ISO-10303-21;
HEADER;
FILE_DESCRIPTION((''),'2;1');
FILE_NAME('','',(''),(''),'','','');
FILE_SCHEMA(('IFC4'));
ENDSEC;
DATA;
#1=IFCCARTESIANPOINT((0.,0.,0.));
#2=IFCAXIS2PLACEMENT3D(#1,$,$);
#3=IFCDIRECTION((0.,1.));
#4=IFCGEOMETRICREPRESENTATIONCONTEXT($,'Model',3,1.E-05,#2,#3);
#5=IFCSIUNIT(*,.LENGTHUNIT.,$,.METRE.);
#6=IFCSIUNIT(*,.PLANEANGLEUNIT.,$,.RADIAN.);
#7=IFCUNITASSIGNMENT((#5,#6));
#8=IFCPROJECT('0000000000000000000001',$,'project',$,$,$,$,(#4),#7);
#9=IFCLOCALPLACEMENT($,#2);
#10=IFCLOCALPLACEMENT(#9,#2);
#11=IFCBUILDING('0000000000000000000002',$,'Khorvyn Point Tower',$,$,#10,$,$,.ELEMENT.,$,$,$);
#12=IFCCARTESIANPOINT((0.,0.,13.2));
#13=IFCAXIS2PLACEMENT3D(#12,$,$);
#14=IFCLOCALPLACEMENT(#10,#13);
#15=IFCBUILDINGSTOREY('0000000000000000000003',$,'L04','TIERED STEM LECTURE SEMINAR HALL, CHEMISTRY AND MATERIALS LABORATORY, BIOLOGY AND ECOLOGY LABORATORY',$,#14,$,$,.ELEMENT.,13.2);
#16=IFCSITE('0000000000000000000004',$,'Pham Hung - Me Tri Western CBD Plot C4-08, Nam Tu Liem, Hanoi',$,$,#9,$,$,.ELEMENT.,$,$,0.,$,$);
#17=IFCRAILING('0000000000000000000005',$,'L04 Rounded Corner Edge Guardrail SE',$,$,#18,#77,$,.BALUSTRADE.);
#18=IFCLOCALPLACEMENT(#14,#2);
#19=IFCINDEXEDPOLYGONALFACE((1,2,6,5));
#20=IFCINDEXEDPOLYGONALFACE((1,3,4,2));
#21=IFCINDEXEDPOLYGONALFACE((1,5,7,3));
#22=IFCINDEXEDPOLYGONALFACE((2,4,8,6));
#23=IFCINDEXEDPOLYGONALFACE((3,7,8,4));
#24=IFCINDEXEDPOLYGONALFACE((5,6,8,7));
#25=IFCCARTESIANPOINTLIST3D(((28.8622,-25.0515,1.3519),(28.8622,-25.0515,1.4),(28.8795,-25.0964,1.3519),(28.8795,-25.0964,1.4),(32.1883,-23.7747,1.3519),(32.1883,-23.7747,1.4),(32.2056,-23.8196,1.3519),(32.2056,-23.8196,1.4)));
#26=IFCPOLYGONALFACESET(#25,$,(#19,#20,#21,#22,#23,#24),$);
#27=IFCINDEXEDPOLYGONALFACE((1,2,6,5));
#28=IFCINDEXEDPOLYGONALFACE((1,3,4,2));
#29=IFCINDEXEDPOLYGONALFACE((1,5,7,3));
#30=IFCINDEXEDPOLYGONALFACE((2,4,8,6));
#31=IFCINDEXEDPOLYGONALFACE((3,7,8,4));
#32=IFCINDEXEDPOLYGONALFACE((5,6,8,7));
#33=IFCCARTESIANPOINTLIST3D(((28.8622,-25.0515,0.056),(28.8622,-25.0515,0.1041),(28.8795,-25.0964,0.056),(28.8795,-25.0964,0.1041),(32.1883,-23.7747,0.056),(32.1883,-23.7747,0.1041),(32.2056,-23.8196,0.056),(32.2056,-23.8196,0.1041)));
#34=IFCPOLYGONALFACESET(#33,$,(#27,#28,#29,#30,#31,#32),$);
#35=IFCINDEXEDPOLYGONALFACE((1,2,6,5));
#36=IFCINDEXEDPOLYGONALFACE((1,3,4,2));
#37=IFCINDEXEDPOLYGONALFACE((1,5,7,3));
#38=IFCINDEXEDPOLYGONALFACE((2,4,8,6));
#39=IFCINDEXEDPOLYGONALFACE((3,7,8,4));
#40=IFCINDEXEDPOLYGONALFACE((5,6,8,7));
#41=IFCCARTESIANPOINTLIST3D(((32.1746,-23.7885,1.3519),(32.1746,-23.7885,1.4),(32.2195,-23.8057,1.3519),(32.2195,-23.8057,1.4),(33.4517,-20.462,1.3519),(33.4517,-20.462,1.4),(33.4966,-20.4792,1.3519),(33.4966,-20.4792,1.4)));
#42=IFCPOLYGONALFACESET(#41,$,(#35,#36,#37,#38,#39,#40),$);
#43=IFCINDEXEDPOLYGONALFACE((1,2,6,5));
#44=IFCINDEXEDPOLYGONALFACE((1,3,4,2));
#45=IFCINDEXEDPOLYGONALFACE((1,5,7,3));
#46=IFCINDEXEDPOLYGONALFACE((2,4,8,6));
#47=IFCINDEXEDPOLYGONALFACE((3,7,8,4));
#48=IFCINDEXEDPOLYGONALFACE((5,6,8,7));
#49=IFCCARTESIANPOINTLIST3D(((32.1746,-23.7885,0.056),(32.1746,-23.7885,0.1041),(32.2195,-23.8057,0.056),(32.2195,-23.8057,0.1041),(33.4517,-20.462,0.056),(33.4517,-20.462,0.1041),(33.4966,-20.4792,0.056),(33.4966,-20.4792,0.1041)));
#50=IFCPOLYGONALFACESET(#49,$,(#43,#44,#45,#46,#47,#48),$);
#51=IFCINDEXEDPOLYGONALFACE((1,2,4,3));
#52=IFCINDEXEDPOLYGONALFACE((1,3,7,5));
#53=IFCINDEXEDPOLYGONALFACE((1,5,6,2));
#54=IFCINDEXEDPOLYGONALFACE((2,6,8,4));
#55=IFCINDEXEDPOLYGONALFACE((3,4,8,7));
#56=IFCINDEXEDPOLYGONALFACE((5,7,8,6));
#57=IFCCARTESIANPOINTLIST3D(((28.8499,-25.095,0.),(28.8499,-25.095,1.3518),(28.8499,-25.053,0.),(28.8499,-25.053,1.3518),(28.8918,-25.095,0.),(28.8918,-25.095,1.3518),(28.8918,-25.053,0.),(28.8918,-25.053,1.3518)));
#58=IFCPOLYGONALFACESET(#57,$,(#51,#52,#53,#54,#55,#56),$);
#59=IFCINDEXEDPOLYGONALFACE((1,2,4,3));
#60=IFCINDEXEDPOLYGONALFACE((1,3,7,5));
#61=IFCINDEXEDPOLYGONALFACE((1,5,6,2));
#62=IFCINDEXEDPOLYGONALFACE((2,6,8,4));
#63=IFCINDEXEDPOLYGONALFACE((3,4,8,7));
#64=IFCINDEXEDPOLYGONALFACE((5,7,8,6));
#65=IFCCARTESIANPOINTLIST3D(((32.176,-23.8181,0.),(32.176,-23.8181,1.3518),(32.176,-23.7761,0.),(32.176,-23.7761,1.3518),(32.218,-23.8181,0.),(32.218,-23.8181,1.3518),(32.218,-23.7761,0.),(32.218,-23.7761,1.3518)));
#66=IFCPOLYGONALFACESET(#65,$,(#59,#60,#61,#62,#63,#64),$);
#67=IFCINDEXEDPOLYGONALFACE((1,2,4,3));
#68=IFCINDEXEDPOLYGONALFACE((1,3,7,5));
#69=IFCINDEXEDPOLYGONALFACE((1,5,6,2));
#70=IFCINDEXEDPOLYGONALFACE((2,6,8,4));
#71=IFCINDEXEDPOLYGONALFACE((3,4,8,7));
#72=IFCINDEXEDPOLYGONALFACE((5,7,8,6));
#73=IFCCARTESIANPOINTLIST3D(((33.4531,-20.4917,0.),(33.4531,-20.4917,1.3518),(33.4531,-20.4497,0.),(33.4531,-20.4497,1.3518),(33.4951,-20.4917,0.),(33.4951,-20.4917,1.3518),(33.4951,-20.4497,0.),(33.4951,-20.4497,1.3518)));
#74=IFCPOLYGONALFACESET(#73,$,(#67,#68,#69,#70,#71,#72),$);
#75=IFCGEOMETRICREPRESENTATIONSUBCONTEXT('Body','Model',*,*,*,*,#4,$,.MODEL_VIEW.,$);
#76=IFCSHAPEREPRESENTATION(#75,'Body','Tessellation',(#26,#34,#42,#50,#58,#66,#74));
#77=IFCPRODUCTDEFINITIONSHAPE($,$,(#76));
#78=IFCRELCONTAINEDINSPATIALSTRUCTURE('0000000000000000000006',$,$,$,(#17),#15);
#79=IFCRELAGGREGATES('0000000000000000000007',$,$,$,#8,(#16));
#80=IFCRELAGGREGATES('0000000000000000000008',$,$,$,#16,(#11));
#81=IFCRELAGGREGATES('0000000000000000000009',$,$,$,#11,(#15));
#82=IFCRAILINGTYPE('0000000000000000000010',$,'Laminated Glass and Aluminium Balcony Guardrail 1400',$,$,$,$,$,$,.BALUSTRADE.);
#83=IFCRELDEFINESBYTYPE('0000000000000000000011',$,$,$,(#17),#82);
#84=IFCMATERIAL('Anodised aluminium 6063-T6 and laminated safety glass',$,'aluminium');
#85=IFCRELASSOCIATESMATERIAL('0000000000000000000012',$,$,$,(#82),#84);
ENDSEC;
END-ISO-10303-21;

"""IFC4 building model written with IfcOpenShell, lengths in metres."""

from ifc_helpers import new_model, si_unit, direction, frame, origin, origin_2d, place, context, subcontext, project, spatial, rectangle, extrude, material, type_object, element, save


model = new_model("IFC4")

# Units and contexts
model_context = context("Model", 3, precision=1e-05, world=origin(), true_north=direction((0.0, 1.0)))
body_context = subcontext(model_context, "Body", "Model", "MODEL_VIEW")
ifc_project = project(units=[si_unit("LENGTHUNIT", "METRE"), si_unit("PLANEANGLEUNIT", "RADIAN")], contexts=[model_context])

# Site, building, storey
site_placement = place(None, origin())
site = spatial("IfcSite", under=ifc_project, at=site_placement, Name="Pham Hung - Me Tri Western CBD Plot C4-08, Nam Tu Liem, Hanoi", CompositionType="ELEMENT", RefElevation=0.0)
building_placement = place(site_placement, origin())
building = spatial("IfcBuilding", under=site, at=building_placement, Name="Khorvyn Point Tower", CompositionType="ELEMENT")
storey_placement = place(building_placement, frame((0.0, 0.0, 13.2)))
storey = spatial("IfcBuildingStorey", under=building, at=storey_placement, Name="L04", Description="TIERED STEM LECTURE SEMINAR HALL, CHEMISTRY AND MATERIALS LABORATORY, BIOLOGY AND ECOLOGY LABORATORY", CompositionType="ELEMENT", Elevation=13.2)

# Railing
ifc_material_1 = material(Name="Anodised aluminium 6063-T6 and laminated safety glass", Category="aluminium")
railing_type = type_object("IfcRailingType", Name="Laminated Glass and Aluminium Balcony Guardrail 1400", PredefinedType="BALUSTRADE", material=ifc_material_1)
railing_placement = place(storey_placement, frame((28.8708, -25.074, 0.0)))
element("IfcRailing", 1, at=railing_placement, inside=storey, type_object=railing_type, Name="L04 Rounded Corner Edge Guardrail SE", PredefinedType="BALUSTRADE", context=body_context, shape_type="SweptSolid", body=[
    extrude(rectangle(XDim=0.0481, YDim=0.0481, at=origin_2d()), frame((0.0, 0.0, 1.376), z_axis=(0.933575, 0.358382, 0.0), x_axis=(-0.358382, 0.933575, 0.0)), (0.0, 0.0, 1.0), 3.5627),
    extrude(rectangle(XDim=0.0481, YDim=0.0481, at=origin_2d()), frame((0.0, 0.0, 0.0801), z_axis=(0.933575, 0.358382, 0.0), x_axis=(-0.358382, 0.933575, 0.0)), (0.0, 0.0, 1.0), 3.5627),
    extrude(rectangle(XDim=0.0481, YDim=0.0481, at=origin_2d()), frame((3.3262, 1.2769, 1.376), z_axis=(0.358419, 0.933561, 0.0), x_axis=(-0.933561, 0.358419, 0.0)), (0.0, 0.0, 1.0), 3.5632),
    extrude(rectangle(XDim=0.0481, YDim=0.0481, at=origin_2d()), frame((3.3262, 1.2769, 0.0801), z_axis=(0.358419, 0.933561, 0.0), x_axis=(-0.933561, 0.358419, 0.0)), (0.0, 0.0, 1.0), 3.5632),
    extrude(rectangle(XDim=0.042, YDim=0.042, at=origin_2d()), origin(), (0.0, 0.0, 1.0), 1.3518),
    extrude(rectangle(XDim=0.042, YDim=0.042, at=origin_2d()), frame((3.3262, 1.2769, 0.0)), (0.0, 0.0, 1.0), 1.3518),
    extrude(rectangle(XDim=0.042, YDim=0.042, at=origin_2d()), frame((4.6033, 4.6033, 0.0)), (0.0, 0.0, 1.0), 1.3518),
])

save(model, "model.ifc")
